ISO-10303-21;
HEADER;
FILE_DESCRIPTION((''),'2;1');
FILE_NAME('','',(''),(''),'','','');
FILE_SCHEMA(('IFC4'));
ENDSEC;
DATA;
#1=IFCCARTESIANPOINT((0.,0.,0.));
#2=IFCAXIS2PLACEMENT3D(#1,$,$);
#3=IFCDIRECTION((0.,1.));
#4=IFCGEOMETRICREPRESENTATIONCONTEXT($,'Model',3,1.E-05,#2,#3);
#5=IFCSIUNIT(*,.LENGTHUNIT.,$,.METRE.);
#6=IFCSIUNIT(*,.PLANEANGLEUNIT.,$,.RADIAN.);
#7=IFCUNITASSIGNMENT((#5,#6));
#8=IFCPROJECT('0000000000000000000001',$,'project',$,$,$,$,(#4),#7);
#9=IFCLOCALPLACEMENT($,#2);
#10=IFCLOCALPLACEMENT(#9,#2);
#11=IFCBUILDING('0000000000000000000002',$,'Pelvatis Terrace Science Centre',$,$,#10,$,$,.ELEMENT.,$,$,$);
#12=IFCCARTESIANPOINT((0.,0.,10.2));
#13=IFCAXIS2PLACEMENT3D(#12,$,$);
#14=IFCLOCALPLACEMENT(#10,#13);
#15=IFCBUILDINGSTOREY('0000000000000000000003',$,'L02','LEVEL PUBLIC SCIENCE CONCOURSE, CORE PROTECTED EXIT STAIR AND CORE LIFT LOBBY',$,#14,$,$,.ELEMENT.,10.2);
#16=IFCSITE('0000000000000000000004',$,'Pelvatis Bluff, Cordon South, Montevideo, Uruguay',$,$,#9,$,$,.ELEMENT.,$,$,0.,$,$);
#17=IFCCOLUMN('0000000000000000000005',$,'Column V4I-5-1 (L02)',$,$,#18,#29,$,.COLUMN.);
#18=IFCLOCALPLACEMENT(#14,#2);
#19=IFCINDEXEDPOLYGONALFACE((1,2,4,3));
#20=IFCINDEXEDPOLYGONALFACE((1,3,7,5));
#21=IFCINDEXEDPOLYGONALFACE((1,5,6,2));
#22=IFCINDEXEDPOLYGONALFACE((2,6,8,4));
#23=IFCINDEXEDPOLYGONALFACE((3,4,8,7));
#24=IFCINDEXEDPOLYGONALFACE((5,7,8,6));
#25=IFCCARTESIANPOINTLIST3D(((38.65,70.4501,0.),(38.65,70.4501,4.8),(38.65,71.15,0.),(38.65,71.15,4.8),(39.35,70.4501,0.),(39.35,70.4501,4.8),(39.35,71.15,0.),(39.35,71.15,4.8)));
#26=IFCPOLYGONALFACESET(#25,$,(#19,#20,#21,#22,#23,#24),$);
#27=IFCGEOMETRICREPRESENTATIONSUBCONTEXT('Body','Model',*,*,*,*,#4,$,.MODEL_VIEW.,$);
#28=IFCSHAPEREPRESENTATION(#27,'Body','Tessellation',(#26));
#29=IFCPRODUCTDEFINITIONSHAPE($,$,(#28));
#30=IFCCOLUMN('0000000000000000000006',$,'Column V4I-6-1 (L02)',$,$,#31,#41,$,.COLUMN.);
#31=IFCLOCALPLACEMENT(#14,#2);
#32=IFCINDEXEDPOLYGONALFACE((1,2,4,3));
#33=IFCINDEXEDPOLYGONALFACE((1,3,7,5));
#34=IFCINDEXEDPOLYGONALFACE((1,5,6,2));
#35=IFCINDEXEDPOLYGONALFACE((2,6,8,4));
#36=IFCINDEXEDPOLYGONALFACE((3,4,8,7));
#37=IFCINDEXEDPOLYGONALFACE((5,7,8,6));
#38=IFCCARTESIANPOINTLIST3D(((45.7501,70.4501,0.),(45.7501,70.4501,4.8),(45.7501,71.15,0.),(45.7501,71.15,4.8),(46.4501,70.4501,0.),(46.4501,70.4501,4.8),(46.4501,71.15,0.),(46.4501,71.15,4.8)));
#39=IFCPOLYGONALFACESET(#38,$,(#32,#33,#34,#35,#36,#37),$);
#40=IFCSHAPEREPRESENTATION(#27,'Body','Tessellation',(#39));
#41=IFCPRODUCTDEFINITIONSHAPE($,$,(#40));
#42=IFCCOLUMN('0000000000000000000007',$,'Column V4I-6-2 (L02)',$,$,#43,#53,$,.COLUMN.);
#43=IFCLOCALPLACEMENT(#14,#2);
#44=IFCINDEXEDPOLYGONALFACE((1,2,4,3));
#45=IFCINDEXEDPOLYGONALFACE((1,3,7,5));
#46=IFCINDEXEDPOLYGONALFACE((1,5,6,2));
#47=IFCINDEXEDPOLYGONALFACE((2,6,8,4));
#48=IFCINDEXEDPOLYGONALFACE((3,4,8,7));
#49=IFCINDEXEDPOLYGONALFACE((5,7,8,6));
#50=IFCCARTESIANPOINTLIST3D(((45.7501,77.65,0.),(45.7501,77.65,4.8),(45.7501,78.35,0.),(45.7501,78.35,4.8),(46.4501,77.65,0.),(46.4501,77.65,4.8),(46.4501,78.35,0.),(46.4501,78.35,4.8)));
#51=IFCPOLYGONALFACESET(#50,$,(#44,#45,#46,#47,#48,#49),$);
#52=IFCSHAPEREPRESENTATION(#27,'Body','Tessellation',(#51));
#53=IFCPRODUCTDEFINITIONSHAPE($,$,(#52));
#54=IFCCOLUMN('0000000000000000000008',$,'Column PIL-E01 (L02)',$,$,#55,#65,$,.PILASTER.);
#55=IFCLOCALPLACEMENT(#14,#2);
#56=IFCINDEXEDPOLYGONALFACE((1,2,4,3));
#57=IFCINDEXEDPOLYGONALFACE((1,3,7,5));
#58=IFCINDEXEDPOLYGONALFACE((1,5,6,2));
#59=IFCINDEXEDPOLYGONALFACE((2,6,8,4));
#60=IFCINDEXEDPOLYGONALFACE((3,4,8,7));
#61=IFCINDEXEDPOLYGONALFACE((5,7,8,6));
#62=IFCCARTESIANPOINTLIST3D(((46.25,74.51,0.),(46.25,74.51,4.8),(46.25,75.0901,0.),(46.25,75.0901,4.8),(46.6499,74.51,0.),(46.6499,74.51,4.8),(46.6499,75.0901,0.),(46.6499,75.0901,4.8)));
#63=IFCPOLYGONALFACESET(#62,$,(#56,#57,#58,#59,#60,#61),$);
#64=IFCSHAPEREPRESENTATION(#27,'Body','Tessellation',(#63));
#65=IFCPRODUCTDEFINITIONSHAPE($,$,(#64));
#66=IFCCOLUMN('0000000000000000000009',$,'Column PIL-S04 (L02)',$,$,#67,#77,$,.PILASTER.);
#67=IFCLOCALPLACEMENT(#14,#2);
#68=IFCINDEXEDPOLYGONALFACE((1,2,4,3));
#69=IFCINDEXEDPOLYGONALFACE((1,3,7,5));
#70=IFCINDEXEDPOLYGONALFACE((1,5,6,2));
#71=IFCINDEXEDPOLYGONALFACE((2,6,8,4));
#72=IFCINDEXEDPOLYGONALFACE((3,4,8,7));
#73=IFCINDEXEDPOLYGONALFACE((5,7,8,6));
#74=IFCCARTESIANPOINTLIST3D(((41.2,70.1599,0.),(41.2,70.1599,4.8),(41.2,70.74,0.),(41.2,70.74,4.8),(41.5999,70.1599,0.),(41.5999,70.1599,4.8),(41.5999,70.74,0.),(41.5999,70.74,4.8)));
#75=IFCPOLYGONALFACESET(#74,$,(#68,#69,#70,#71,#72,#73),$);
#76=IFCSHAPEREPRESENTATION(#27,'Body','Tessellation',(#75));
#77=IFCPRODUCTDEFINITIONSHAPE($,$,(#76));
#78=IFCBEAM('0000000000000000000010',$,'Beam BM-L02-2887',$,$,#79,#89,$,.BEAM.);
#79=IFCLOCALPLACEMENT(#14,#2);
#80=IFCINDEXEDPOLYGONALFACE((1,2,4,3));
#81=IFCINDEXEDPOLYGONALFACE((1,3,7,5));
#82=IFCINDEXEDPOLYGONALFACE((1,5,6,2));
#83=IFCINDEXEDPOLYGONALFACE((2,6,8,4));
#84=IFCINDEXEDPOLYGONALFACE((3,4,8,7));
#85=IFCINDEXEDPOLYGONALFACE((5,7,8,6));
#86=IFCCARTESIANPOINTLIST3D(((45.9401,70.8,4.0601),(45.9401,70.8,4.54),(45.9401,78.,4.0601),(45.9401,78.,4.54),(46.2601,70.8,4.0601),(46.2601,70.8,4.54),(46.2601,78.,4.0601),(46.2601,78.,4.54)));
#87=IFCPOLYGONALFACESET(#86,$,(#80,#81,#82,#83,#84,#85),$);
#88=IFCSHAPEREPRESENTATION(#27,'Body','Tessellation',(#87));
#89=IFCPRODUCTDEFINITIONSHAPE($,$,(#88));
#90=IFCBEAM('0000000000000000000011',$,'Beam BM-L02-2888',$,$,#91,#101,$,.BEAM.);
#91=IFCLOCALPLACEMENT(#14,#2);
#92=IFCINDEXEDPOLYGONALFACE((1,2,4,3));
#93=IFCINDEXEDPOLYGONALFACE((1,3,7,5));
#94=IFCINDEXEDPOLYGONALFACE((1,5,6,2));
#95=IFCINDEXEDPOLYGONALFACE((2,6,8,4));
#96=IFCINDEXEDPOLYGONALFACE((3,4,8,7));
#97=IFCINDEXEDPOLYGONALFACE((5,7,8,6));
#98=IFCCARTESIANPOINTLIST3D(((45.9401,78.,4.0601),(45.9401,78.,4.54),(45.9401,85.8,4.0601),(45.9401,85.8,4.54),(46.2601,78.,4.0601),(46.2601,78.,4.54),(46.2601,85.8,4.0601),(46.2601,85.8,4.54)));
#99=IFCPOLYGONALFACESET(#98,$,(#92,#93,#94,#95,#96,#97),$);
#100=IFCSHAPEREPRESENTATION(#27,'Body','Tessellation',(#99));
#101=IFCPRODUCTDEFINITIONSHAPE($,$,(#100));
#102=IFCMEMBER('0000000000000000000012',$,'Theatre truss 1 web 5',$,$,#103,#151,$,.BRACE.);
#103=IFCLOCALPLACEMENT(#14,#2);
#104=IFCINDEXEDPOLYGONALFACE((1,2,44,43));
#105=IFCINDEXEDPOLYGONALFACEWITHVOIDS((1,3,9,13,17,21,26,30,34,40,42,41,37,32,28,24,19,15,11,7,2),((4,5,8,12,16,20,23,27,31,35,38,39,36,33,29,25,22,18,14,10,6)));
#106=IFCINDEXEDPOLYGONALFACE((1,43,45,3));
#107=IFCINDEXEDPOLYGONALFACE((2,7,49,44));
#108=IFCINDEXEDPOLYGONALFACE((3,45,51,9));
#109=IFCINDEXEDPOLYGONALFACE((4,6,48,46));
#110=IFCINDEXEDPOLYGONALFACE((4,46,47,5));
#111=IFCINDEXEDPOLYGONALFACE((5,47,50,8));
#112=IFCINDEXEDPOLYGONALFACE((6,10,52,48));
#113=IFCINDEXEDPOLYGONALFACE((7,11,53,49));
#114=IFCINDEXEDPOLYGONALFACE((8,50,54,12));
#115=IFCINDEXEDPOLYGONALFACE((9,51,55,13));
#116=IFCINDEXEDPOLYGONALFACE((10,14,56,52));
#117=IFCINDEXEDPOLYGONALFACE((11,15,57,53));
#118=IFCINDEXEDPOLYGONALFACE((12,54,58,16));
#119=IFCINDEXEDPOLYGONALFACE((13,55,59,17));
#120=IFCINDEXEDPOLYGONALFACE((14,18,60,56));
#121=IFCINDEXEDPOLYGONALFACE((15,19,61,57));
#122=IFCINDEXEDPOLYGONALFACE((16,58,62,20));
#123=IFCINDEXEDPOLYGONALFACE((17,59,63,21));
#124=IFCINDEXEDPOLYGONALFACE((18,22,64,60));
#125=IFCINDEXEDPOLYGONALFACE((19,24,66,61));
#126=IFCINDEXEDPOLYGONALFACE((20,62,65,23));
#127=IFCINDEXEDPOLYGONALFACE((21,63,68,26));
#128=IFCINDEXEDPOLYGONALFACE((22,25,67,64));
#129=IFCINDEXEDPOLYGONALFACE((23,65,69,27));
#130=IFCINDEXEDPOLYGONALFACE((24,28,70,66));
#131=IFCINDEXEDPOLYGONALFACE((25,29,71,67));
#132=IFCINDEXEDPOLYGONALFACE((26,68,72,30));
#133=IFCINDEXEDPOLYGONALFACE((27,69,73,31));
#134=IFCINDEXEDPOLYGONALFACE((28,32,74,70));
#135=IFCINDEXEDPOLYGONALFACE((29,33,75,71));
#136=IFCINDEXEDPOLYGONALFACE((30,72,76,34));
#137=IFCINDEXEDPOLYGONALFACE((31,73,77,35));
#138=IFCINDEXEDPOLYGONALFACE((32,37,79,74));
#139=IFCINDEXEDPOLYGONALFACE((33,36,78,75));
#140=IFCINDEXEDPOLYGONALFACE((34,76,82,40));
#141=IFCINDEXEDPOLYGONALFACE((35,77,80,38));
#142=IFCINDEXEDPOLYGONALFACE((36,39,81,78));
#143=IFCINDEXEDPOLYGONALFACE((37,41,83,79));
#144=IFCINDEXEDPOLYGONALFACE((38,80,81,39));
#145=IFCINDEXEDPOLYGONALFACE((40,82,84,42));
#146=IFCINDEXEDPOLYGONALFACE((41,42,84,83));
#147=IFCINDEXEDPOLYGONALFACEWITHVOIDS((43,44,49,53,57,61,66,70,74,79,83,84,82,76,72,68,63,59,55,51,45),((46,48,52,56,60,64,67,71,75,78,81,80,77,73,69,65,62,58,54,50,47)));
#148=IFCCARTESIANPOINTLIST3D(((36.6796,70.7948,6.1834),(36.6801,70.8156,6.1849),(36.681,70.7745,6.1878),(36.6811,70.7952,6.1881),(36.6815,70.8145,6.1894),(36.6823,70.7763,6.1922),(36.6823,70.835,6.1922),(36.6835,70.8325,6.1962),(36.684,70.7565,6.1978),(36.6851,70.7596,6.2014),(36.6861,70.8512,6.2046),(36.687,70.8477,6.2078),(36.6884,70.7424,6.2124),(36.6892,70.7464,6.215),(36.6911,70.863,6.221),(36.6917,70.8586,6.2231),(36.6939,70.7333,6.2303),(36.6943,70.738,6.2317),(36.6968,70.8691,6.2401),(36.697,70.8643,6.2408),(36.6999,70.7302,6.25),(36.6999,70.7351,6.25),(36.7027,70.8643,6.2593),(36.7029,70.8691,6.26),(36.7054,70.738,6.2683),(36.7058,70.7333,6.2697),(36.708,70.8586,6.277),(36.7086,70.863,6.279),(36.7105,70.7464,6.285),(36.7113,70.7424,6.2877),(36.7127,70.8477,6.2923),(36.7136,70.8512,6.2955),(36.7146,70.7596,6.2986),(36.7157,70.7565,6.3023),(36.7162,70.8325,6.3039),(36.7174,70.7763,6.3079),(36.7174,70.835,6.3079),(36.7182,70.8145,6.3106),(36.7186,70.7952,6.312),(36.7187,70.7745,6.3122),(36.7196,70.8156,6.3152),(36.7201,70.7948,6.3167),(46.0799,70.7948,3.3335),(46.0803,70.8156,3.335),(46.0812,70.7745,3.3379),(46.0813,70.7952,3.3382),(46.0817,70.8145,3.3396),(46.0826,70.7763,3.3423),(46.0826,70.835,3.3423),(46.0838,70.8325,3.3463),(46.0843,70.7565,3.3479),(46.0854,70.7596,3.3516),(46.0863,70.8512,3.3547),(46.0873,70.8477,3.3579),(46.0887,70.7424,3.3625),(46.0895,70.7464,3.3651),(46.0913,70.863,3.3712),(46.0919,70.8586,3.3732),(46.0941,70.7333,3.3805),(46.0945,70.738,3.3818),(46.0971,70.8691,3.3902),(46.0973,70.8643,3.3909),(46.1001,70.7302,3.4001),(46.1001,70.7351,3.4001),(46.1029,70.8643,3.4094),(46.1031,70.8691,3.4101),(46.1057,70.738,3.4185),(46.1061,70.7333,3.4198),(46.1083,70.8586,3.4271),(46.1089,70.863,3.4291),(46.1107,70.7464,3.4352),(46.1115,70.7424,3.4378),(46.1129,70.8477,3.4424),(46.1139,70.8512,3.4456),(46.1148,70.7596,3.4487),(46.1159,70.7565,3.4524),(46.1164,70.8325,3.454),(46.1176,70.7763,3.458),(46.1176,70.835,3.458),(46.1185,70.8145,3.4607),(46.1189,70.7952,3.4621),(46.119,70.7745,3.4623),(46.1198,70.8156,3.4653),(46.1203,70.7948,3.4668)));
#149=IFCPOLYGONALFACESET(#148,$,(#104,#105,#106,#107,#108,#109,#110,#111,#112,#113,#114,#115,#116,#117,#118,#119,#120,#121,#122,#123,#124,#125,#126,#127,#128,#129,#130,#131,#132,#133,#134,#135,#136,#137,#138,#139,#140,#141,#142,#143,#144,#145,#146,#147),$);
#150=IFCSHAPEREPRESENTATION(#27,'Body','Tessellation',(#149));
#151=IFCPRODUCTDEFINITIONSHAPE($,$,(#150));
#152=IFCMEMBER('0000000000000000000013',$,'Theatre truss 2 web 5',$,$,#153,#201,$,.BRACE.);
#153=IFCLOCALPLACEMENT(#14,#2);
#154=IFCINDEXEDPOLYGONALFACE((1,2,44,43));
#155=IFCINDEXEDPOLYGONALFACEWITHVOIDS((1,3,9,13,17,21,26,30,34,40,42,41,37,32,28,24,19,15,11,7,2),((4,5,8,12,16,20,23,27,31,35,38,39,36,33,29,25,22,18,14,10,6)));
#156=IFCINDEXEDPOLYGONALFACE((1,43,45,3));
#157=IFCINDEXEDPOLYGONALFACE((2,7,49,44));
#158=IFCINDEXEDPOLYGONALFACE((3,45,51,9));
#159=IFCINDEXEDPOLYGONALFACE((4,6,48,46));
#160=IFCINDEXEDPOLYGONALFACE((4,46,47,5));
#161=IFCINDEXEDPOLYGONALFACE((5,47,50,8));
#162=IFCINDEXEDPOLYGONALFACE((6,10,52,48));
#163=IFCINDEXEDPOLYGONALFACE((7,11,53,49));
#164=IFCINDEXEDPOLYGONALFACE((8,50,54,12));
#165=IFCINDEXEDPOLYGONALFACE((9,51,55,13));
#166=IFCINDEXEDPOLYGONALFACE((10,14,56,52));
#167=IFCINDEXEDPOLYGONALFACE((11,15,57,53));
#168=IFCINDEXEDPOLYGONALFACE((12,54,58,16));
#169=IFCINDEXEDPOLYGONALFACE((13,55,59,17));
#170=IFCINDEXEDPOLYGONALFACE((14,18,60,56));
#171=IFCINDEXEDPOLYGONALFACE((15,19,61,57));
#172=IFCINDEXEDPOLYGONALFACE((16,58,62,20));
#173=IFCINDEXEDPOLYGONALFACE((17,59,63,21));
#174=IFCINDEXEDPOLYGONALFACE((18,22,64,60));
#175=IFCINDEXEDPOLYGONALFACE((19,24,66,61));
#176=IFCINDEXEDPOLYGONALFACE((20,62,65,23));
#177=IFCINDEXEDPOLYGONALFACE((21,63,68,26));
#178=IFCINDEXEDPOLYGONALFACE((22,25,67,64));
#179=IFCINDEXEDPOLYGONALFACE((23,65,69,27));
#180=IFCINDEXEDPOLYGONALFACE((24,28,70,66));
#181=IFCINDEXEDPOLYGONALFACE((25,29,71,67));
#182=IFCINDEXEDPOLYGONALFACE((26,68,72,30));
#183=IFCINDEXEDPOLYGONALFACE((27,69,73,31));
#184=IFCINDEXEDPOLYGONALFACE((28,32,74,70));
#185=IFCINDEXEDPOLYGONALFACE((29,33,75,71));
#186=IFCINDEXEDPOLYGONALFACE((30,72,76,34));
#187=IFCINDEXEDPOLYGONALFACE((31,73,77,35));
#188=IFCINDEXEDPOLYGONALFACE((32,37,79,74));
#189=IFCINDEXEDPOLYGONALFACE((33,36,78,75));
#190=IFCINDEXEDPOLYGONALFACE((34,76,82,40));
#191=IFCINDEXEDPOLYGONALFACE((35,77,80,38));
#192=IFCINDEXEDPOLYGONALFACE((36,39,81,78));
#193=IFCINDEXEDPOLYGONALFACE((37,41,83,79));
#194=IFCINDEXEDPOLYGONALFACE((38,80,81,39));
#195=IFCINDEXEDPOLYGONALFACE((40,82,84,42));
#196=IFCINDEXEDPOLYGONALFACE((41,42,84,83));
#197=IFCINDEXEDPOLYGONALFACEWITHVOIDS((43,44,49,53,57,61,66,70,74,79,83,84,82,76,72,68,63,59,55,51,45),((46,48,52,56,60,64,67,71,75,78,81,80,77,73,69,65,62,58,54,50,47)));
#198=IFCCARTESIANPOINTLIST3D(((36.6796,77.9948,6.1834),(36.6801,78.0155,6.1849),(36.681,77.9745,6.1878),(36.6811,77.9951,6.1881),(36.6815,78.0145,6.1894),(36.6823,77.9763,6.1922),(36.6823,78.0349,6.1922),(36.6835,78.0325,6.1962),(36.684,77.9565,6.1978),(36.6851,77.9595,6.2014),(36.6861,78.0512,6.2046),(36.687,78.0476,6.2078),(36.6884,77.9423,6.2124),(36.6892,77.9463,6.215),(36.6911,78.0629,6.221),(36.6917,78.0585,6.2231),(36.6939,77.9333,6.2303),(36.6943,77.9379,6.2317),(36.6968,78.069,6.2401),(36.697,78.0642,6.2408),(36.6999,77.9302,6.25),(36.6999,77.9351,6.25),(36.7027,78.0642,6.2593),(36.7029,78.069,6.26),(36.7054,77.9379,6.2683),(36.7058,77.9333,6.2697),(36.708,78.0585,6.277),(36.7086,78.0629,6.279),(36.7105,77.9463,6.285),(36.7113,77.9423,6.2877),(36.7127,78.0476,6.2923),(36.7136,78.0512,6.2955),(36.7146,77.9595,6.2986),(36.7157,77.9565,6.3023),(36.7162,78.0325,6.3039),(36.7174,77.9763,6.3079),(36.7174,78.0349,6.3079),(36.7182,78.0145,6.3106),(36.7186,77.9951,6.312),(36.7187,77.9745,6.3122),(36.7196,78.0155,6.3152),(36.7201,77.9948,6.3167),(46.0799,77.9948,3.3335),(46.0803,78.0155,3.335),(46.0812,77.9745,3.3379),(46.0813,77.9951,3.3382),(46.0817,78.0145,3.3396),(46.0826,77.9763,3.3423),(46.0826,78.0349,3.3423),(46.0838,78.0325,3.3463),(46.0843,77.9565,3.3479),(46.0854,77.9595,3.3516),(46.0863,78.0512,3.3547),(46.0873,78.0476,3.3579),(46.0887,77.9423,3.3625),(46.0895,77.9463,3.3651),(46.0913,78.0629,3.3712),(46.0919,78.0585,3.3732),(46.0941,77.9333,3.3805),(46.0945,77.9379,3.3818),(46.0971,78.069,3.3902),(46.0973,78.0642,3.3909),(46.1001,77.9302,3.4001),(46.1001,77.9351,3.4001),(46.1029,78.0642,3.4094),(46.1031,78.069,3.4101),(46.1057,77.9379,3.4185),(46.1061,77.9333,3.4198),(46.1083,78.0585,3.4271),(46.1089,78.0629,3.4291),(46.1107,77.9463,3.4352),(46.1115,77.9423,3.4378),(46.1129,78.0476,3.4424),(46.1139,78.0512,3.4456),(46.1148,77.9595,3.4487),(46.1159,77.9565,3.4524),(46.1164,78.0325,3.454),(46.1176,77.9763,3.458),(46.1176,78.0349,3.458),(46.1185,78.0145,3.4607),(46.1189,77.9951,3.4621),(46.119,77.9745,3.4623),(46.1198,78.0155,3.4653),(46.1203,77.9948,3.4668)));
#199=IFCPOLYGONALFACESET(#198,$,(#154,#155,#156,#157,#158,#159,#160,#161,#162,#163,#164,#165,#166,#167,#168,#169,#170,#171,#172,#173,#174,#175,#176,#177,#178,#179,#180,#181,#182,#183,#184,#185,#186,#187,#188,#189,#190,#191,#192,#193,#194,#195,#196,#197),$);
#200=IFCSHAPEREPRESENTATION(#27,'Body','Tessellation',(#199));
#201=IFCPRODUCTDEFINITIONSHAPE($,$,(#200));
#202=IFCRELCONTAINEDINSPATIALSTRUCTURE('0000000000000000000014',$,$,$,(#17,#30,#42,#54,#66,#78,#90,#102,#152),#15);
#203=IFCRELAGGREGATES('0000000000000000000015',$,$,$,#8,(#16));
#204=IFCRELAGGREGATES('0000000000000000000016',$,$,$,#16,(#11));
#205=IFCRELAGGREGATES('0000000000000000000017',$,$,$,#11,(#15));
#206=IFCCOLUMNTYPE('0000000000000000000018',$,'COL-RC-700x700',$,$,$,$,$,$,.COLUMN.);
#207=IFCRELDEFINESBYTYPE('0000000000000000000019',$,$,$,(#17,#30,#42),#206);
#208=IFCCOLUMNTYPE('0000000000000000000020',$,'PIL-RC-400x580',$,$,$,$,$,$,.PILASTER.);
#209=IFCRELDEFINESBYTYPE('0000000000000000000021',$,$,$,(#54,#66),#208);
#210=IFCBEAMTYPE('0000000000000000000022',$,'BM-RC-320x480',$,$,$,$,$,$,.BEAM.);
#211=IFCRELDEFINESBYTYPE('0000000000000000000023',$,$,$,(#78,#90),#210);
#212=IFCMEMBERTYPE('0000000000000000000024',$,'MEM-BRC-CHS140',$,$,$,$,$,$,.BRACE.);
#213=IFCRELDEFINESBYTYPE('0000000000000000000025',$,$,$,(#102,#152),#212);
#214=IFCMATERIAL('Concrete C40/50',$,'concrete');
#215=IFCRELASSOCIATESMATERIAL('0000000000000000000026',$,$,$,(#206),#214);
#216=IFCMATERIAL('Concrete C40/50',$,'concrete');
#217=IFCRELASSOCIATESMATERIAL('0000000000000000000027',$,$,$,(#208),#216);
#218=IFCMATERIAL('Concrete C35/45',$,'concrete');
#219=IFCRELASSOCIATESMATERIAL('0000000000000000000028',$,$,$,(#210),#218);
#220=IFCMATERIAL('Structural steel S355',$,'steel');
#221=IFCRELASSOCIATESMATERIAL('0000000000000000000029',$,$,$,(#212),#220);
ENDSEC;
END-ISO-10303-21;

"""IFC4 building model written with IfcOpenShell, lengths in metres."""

from ifc_helpers import new_model, si_unit, direction, frame, origin, origin_2d, place, context, subcontext, project, spatial, rectangle, hollow_circle, extrude, material, material_profile, profile_set, type_object, element, save


model = new_model("IFC4")

# Units and contexts
model_context = context("Model", 3, precision=1e-05, world=origin(), true_north=direction((0.0, 1.0)))
body_context = subcontext(model_context, "Body", "Model", "MODEL_VIEW")
ifc_project = project(units=[si_unit("LENGTHUNIT", "METRE"), si_unit("PLANEANGLEUNIT", "RADIAN")], contexts=[model_context])

# Site, building, storey
site_placement = place(None, origin())
site = spatial("IfcSite", under=ifc_project, at=site_placement, Name="Pelvatis Bluff, Cordon South, Montevideo, Uruguay", CompositionType="ELEMENT", RefElevation=0.0)
building_placement = place(site_placement, origin())
building = spatial("IfcBuilding", under=site, at=building_placement, Name="Pelvatis Terrace Science Centre", CompositionType="ELEMENT")
storey_placement = place(building_placement, frame((0.0, 0.0, 10.2)))
storey = spatial("IfcBuildingStorey", under=building, at=storey_placement, Name="L02", Description="LEVEL PUBLIC SCIENCE CONCOURSE, CORE PROTECTED EXIT STAIR AND CORE LIFT LOBBY", CompositionType="ELEMENT", Elevation=10.2)

# Columns
ifc_material_1 = material(Name="Concrete C40/50", Category="concrete")
ifc_material_profile_1 = material_profile(ifc_material_1, rectangle(XDim=0.7, YDim=0.7, at=origin_2d()), Name="RC-COL 700x700")
ifc_profile_set_1 = profile_set([ifc_material_profile_1], Name="Concrete C40/50")
column_type_1 = type_object("IfcColumnType", Name="COL-RC-700x700", PredefinedType="COLUMN", material=ifc_profile_set_1)
for number, where, z_axis, x_axis, name in (
    (1, (39.0, 70.8, 0.0), (0.0, 0.0, 1.0), (1.0, 0.0, 0.0), "Column V4I-5-1 (L02)"),
    (2, (46.1001, 70.8, 0.0), (0.0, 0.0, 1.0), (1.0, 0.0, 0.0), "Column V4I-6-1 (L02)"),
    (3, (46.1001, 78.0, 0.0), (0.0, 0.0, 1.0), (1.0, 0.0, 0.0), "Column V4I-6-2 (L02)"),
):
    element("IfcColumn", number, at=place(storey_placement, frame(where, z_axis=z_axis, x_axis=x_axis)), inside=storey, type_object=column_type_1, Name=name, PredefinedType="COLUMN", context=body_context, shape_type="SweptSolid", body=[
        extrude(rectangle(XDim=0.7, YDim=0.7, at=origin_2d()), origin(), (0.0, 0.0, 1.0), 4.8),
    ])
ifc_material_2 = material(Name="Concrete C40/50", Category="concrete")
ifc_material_profile_2 = material_profile(ifc_material_2, rectangle(XDim=0.3999, YDim=0.5801, at=origin_2d()), Name="RC-PIL 400x580")
ifc_profile_set_2 = profile_set([ifc_material_profile_2], Name="Concrete C40/50")
column_type_2 = type_object("IfcColumnType", Name="PIL-RC-400x580", PredefinedType="PILASTER", material=ifc_profile_set_2)
for number, where, z_axis, x_axis, name in (
    (4, (46.45, 74.8, 0.0), (0.0, 0.0, 1.0), (1.0, 0.0, 0.0), "Column PIL-E01 (L02)"),
    (5, (41.3999, 70.45, 0.0), (0.0, 0.0, 1.0), (1.0, 0.0, 0.0), "Column PIL-S04 (L02)"),
):
    element("IfcColumn", number, at=place(storey_placement, frame(where, z_axis=z_axis, x_axis=x_axis)), inside=storey, type_object=column_type_2, Name=name, PredefinedType="PILASTER", context=body_context, shape_type="SweptSolid", body=[
        extrude(rectangle(XDim=0.3999, YDim=0.5801, at=origin_2d()), origin(), (0.0, 0.0, 1.0), 4.8),
    ])

# Beams
ifc_material_3 = material(Name="Concrete C35/45", Category="concrete")
ifc_material_profile_3 = material_profile(ifc_material_3, rectangle(XDim=0.3201, YDim=0.48, at=origin_2d()), Name="RC-BM 320x480")
ifc_profile_set_3 = profile_set([ifc_material_profile_3], Name="Concrete C35/45")
beam_type = type_object("IfcBeamType", Name="BM-RC-320x480", PredefinedType="BEAM", material=ifc_profile_set_3)
beam_1_placement = place(storey_placement, frame((46.1001, 70.8, 4.3), z_axis=(0.0, 1.0, 0.0), x_axis=(-1.0, 0.0, 0.0)))
element("IfcBeam", 6, at=beam_1_placement, inside=storey, type_object=beam_type, Name="Beam BM-L02-2887", PredefinedType="BEAM", context=body_context, shape_type="SweptSolid", body=[
    extrude(rectangle(XDim=0.3201, YDim=0.48, at=origin_2d()), origin(), (0.0, 0.0, 1.0), 7.2),
])
beam_2_placement = place(storey_placement, frame((46.1001, 78.0, 4.3), z_axis=(0.0, 1.0, 0.0), x_axis=(-1.0, 0.0, 0.0)))
element("IfcBeam", 7, at=beam_2_placement, inside=storey, type_object=beam_type, Name="Beam BM-L02-2888", PredefinedType="BEAM", context=body_context, shape_type="SweptSolid", body=[
    extrude(rectangle(XDim=0.3201, YDim=0.48, at=origin_2d()), origin(), (0.0, 0.0, 1.0), 7.8),
])

# Members
ifc_material_4 = material(Name="Structural steel S355", Category="steel")
ifc_material_profile_4 = material_profile(ifc_material_4, hollow_circle(Radius=0.0698, WallThickness=0.0049, at=origin_2d()), Name="CHS 139.7x5.0")
ifc_profile_set_4 = profile_set([ifc_material_profile_4], Name="Structural steel S355")
member_type_1 = type_object("IfcMemberType", Name="MEM-BRC-CHS140", PredefinedType="BRACE", material=ifc_profile_set_4)
for number, where, z_axis, x_axis, name in (
    (8, (46.1001, 70.8, 3.4001), (-0.956987, 0.0, 0.290131), (0.0, -1.0, 0.0), "Theatre truss 1 web 5"),
    (9, (46.1001, 78.0, 3.4001), (-0.956987, 0.0, 0.290131), (0.0, -1.0, 0.0), "Theatre truss 2 web 5"),
):
    element("IfcMember", number, at=place(storey_placement, frame(where, z_axis=z_axis, x_axis=x_axis)), inside=storey, type_object=member_type_1, Name=name, PredefinedType="BRACE", context=body_context, shape_type="SweptSolid", body=[
        extrude(hollow_circle(Radius=0.0698, WallThickness=0.0049, at=origin_2d()), origin(), (0.0, 0.0, 1.0), 9.8228),
    ])

save(model, "model.ifc")
